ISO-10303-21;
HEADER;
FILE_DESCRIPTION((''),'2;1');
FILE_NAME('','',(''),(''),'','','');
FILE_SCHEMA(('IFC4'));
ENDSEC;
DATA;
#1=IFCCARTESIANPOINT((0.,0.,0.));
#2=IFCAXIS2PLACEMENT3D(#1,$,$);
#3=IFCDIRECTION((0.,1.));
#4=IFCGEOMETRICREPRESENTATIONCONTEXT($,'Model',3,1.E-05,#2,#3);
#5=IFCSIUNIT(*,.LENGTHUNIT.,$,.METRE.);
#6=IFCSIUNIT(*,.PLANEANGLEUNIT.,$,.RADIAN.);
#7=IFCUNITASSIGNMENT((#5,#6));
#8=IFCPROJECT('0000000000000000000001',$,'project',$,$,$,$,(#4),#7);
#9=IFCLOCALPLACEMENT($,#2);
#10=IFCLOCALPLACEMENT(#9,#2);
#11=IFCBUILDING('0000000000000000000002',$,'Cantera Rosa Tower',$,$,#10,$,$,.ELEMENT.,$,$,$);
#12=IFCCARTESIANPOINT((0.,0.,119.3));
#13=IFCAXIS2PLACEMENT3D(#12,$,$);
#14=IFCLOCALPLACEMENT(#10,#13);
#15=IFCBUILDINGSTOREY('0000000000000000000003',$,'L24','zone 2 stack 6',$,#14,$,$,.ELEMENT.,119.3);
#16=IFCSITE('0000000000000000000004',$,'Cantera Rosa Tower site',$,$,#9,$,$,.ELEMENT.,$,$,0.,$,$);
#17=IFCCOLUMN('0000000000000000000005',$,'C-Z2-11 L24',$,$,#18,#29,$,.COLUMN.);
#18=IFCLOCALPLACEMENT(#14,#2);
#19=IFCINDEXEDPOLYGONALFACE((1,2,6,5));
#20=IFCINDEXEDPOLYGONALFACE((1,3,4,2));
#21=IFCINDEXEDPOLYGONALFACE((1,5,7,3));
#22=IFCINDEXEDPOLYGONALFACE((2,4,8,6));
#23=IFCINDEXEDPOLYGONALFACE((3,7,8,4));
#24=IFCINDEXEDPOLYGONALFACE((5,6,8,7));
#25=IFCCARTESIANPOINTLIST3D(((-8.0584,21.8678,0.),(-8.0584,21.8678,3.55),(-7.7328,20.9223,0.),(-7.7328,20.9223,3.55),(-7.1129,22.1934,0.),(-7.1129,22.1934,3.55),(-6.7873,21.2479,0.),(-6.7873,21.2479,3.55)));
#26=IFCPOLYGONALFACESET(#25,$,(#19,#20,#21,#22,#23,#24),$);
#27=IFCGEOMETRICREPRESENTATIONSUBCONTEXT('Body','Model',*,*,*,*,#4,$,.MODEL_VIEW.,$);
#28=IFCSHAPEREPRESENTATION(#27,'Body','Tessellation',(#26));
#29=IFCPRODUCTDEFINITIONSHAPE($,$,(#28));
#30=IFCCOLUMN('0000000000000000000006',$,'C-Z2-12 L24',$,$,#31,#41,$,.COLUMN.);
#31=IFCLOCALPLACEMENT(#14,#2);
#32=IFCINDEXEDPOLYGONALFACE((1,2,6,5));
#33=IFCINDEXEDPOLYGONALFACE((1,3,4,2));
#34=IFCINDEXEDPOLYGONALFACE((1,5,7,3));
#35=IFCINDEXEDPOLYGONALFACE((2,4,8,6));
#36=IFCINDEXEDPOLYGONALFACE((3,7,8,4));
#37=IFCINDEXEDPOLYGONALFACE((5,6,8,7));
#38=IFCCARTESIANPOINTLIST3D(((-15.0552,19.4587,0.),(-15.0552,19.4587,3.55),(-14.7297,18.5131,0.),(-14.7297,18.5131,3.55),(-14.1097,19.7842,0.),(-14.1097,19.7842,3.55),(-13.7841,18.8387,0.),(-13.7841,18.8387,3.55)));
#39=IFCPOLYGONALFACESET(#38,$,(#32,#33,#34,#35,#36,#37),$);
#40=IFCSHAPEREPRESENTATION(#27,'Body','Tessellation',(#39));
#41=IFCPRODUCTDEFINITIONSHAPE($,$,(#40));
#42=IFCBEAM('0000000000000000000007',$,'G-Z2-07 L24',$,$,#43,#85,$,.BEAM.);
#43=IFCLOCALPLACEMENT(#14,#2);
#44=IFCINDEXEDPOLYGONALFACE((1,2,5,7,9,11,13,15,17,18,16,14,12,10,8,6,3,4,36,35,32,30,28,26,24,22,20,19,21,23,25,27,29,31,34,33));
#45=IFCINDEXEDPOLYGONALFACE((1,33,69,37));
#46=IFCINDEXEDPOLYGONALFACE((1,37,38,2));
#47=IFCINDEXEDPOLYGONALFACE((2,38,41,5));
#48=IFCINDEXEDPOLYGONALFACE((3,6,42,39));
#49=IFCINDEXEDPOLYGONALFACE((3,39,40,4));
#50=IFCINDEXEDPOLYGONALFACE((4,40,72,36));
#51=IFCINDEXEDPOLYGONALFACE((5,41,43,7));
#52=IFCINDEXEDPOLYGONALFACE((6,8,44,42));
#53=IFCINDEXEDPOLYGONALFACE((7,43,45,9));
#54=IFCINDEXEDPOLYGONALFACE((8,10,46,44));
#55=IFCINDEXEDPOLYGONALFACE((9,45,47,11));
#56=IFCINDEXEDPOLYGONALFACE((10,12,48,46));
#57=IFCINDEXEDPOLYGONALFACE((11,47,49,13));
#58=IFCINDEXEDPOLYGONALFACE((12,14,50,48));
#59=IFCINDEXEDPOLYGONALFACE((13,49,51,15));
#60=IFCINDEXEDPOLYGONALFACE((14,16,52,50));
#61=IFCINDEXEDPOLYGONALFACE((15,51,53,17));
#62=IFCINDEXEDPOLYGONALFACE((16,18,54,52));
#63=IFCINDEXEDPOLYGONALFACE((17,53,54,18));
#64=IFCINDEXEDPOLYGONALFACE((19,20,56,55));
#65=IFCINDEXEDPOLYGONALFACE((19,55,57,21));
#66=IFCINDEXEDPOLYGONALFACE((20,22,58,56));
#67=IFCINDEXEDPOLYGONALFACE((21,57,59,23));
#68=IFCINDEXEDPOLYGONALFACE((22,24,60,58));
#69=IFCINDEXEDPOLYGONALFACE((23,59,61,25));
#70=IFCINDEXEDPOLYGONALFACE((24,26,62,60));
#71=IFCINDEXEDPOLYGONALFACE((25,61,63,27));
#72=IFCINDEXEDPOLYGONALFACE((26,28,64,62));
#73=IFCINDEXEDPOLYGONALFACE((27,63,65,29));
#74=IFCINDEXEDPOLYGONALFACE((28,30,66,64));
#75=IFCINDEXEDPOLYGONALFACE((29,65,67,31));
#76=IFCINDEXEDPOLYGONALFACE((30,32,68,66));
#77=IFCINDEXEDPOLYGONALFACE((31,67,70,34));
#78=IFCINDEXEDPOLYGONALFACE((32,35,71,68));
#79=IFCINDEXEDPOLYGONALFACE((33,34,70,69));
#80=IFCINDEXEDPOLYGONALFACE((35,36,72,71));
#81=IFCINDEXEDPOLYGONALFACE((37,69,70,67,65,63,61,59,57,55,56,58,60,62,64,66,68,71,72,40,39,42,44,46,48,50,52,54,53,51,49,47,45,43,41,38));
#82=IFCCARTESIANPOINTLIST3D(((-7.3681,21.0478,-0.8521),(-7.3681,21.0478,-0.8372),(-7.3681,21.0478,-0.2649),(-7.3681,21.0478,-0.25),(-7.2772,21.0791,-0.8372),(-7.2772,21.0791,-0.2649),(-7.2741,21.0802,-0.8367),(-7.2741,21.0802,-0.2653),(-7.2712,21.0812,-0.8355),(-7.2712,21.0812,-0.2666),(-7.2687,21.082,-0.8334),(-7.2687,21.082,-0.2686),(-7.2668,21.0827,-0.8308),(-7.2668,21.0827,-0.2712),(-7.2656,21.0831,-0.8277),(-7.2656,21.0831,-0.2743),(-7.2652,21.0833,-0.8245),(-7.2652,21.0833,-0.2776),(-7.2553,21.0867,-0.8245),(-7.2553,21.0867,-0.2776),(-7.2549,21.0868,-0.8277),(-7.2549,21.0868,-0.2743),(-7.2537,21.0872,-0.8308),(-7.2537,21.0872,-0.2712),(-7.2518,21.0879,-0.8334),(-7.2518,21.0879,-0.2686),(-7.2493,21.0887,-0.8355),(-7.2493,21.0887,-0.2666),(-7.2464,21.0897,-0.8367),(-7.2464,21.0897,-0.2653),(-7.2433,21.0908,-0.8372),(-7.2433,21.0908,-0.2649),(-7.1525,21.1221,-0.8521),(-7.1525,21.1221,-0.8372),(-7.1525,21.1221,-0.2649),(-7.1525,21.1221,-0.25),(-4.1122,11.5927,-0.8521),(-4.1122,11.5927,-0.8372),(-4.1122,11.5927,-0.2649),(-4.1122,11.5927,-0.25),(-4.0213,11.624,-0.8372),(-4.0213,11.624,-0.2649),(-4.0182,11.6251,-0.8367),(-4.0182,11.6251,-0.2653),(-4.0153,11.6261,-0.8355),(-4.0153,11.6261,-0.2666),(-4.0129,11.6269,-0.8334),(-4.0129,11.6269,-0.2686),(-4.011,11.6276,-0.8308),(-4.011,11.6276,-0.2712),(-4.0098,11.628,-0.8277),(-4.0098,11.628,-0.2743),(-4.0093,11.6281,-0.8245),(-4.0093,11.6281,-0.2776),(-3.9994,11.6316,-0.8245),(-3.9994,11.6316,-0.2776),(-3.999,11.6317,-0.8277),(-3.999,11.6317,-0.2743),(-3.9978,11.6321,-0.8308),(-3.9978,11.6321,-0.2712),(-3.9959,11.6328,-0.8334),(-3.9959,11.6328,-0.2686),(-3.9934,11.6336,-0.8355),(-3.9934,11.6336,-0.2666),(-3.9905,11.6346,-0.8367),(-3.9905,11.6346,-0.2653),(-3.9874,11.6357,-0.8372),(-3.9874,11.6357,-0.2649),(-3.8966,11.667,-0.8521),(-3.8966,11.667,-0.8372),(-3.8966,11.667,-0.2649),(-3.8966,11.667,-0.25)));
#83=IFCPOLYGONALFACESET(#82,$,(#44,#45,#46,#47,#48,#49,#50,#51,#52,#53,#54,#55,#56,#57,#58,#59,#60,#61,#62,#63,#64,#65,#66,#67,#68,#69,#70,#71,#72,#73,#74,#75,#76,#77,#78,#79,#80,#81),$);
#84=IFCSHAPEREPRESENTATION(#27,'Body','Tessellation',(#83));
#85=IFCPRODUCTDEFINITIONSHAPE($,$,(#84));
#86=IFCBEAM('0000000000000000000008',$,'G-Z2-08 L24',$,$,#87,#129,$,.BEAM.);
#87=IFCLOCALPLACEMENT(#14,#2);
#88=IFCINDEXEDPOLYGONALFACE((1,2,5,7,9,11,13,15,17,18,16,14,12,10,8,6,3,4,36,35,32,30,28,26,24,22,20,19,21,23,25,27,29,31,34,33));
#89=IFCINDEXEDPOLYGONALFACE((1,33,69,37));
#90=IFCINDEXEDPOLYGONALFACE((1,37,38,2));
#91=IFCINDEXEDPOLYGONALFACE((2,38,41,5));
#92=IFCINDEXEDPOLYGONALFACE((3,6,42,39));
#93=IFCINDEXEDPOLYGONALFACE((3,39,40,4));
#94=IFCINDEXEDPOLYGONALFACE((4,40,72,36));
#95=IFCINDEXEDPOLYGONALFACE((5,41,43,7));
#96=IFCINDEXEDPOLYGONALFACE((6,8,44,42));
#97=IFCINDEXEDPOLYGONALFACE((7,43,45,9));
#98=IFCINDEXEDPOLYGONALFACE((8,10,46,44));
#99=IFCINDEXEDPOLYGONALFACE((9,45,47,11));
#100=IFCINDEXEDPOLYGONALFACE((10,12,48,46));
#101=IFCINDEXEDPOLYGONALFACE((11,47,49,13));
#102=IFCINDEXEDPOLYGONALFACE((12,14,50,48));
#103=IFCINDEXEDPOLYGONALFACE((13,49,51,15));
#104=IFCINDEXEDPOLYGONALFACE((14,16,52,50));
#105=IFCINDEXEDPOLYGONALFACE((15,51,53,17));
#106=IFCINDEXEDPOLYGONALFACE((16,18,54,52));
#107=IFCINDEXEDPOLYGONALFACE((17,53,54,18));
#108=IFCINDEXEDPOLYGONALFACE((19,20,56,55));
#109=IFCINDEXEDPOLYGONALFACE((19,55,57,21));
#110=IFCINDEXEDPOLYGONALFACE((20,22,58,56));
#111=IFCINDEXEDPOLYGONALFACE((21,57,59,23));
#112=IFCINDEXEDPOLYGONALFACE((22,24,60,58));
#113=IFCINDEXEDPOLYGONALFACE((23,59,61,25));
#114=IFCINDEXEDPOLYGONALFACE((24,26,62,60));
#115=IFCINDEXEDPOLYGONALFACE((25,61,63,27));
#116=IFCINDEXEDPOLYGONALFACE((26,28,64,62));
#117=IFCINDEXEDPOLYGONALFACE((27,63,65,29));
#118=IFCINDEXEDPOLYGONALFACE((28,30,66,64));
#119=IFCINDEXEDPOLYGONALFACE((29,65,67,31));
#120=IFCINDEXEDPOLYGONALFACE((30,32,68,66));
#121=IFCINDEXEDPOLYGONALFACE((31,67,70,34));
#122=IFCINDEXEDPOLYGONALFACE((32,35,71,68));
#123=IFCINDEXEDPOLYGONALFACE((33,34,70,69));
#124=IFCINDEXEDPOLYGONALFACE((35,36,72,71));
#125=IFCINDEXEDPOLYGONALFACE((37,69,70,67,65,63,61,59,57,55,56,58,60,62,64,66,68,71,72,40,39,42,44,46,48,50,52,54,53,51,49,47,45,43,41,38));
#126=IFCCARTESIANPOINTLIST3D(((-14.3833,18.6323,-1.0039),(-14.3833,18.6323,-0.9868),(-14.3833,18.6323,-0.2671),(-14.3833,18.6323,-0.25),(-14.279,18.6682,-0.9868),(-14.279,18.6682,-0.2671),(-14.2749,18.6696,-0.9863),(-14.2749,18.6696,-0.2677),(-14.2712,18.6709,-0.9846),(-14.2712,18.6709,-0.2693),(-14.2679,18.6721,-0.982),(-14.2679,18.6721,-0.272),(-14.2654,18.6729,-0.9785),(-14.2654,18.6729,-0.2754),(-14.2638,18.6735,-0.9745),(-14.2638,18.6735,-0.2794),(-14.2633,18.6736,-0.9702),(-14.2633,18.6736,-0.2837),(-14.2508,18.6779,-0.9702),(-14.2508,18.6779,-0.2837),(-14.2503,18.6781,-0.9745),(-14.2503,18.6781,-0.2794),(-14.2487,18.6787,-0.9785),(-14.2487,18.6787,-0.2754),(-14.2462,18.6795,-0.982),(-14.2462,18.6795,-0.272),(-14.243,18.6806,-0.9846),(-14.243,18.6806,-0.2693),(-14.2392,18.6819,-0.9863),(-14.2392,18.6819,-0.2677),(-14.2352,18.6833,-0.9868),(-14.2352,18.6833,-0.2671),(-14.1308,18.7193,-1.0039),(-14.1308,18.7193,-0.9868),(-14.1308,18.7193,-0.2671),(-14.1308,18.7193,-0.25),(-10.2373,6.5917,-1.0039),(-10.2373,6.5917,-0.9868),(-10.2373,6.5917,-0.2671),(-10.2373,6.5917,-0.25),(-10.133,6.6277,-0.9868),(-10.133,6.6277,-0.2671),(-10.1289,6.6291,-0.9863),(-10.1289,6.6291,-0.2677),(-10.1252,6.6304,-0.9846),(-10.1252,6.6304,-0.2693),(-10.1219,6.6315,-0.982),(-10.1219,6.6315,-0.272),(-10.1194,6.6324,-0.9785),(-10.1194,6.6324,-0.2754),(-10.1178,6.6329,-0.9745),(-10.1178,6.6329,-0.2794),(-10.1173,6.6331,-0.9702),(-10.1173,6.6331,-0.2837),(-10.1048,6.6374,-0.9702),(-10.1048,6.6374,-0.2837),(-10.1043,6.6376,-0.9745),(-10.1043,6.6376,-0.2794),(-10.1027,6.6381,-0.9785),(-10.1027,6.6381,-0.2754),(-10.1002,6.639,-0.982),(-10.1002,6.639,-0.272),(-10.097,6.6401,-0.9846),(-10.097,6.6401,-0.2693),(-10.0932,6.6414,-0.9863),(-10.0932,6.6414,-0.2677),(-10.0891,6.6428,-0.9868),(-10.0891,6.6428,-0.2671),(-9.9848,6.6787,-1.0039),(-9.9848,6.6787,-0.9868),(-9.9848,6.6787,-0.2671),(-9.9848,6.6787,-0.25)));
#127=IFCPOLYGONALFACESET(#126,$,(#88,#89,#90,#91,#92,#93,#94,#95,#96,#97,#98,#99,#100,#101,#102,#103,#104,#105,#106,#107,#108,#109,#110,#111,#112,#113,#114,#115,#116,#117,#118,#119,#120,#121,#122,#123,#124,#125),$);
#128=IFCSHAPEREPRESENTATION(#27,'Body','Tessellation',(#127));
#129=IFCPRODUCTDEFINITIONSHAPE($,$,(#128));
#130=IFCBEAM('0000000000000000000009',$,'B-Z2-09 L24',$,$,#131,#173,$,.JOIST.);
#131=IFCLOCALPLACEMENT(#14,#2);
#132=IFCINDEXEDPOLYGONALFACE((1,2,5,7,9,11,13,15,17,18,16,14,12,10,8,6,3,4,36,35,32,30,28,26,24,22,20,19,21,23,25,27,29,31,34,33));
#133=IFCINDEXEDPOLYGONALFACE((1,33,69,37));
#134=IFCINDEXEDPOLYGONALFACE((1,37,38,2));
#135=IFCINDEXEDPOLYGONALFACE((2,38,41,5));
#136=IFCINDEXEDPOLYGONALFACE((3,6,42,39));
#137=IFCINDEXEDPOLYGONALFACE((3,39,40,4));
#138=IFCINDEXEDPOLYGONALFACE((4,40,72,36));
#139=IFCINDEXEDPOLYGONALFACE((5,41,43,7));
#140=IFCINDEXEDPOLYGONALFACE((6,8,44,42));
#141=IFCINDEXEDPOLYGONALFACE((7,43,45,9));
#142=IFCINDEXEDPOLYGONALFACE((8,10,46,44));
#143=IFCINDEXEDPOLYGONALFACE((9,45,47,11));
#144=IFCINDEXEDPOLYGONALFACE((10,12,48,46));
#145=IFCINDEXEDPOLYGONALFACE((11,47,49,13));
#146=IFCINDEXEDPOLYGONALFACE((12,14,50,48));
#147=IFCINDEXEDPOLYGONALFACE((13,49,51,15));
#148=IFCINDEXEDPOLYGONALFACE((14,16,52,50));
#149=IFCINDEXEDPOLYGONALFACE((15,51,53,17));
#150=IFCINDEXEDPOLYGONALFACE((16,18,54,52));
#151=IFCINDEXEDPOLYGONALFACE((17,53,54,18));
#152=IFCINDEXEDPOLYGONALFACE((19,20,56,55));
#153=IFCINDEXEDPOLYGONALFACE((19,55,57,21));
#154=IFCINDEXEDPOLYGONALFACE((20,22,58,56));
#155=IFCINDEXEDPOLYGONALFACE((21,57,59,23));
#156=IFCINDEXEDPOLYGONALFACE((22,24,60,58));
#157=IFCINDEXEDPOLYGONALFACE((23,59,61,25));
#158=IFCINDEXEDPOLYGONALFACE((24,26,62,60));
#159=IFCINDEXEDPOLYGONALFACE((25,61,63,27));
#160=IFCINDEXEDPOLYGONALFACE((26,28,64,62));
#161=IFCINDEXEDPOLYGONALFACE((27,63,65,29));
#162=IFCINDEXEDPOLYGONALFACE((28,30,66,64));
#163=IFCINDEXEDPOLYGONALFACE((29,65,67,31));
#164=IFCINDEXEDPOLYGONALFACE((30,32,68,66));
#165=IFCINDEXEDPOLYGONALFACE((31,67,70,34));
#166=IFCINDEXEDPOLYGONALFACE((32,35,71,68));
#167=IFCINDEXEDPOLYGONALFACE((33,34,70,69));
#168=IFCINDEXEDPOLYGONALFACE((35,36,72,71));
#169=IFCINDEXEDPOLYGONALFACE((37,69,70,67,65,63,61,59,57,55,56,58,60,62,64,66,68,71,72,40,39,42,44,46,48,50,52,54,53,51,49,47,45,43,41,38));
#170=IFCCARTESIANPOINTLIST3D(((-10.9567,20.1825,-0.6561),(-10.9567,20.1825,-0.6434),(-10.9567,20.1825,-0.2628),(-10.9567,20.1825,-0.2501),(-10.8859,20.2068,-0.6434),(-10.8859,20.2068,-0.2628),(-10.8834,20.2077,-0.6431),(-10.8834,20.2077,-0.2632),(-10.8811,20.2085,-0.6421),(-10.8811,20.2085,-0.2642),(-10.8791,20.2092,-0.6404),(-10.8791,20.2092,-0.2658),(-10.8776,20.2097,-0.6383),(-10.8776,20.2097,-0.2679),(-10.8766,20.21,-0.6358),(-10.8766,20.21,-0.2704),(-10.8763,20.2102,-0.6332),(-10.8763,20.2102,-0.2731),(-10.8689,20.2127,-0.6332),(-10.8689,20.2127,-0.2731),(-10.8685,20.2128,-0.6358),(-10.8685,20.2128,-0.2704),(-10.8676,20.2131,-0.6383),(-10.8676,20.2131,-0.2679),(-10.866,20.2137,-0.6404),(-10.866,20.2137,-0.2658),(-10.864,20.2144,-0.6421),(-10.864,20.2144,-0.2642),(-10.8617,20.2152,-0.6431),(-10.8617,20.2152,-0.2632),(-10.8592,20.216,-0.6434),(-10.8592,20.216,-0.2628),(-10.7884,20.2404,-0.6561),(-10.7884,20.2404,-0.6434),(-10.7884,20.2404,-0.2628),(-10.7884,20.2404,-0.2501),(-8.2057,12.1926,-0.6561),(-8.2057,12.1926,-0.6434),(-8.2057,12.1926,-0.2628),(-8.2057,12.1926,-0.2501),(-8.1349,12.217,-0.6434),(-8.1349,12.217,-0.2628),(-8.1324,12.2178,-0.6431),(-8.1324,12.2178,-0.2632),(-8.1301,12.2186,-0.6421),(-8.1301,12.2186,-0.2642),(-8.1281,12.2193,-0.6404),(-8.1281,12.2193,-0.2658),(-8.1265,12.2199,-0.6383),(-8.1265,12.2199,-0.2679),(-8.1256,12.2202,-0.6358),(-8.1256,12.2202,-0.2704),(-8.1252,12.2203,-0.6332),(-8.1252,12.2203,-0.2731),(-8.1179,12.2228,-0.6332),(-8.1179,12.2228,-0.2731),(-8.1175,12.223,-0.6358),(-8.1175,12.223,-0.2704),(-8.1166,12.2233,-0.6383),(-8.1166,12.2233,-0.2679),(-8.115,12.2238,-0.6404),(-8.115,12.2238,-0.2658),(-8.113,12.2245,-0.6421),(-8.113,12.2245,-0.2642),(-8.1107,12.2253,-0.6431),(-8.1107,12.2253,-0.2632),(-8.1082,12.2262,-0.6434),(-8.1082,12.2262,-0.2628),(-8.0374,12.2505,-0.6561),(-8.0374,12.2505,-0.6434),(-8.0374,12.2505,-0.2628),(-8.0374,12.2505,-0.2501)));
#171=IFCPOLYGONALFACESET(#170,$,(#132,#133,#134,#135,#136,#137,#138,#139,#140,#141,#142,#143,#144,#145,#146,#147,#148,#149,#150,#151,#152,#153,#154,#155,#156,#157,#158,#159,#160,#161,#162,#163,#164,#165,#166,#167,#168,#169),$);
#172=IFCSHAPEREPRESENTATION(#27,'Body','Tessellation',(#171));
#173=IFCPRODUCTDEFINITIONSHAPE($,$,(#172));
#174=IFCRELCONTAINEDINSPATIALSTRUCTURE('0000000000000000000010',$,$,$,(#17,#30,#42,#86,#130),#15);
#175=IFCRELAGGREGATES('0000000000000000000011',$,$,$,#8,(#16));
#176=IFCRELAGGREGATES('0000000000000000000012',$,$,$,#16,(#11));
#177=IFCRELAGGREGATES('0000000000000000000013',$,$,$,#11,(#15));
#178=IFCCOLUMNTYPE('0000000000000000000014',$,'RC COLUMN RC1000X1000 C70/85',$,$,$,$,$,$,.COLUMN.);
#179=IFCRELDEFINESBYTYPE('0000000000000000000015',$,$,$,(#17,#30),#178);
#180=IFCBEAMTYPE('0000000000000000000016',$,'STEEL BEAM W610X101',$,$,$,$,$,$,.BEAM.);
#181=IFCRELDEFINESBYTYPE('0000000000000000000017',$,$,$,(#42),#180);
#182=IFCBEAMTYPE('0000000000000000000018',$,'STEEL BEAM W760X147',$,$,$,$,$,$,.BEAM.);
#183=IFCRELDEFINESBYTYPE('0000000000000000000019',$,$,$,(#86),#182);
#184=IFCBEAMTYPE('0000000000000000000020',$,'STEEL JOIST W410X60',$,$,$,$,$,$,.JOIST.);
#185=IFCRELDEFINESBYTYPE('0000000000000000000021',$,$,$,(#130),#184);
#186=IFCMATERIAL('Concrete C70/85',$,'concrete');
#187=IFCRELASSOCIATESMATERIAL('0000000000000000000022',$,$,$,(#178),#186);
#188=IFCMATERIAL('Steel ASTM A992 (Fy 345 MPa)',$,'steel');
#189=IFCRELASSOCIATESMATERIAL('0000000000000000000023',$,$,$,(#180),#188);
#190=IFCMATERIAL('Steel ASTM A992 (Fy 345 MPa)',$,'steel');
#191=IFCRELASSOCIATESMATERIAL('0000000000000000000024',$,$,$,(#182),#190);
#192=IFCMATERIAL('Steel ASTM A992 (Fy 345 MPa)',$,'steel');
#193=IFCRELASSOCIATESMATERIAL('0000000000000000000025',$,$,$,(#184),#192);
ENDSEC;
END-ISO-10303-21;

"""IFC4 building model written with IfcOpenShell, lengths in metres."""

from ifc_helpers import new_model, si_unit, direction, frame, origin, origin_2d, place, context, subcontext, project, spatial, rectangle, i_section, extrude, material, material_profile, profile_set, type_object, element, save


model = new_model("IFC4")

# Units and contexts
model_context = context("Model", 3, precision=1e-05, world=origin(), true_north=direction((0.0, 1.0)))
body_context = subcontext(model_context, "Body", "Model", "MODEL_VIEW")
ifc_project = project(units=[si_unit("LENGTHUNIT", "METRE"), si_unit("PLANEANGLEUNIT", "RADIAN")], contexts=[model_context])

# Site, building, storey
site_placement = place(None, origin())
site = spatial("IfcSite", under=ifc_project, at=site_placement, Name="Cantera Rosa Tower site", CompositionType="ELEMENT", RefElevation=0.0)
building_placement = place(site_placement, origin())
building = spatial("IfcBuilding", under=site, at=building_placement, Name="Cantera Rosa Tower", CompositionType="ELEMENT")
storey_placement = place(building_placement, frame((0.0, 0.0, 119.3)))
storey = spatial("IfcBuildingStorey", under=building, at=storey_placement, Name="L24", Description="zone 2 stack 6", CompositionType="ELEMENT", Elevation=119.3)

# Columns
ifc_material_1 = material(Name="Concrete C70/85", Category="concrete")
ifc_material_profile_1 = material_profile(ifc_material_1, rectangle(XDim=1.0, YDim=1.0, at=origin_2d()), Name="RC COLUMN RC1000X1000 C70/85")
ifc_profile_set_1 = profile_set([ifc_material_profile_1], Name="Concrete C70/85")
column_type = type_object("IfcColumnType", Name="RC COLUMN RC1000X1000 C70/85", PredefinedType="COLUMN", material=ifc_profile_set_1)
for number, where, z_axis, x_axis, name in (
    (1, (-7.4229, 21.5579, 0.0), (0.0, 0.0, 1.0), (0.945519, 0.325568, 0.0), "C-Z2-11 L24"),
    (2, (-14.4197, 19.1487, 0.0), (0.0, 0.0, 1.0), (0.945519, 0.325568, 0.0), "C-Z2-12 L24"),
):
    element("IfcColumn", number, at=place(storey_placement, frame(where, z_axis=z_axis, x_axis=x_axis)), inside=storey, type_object=column_type, Name=name, PredefinedType="COLUMN", context=body_context, shape_type="SweptSolid", body=[
        extrude(rectangle(XDim=1.0, YDim=1.0, at=origin_2d()), origin(), (0.0, 0.0, 1.0), 3.55),
    ])

# Beams
ifc_material_2 = material(Name="Steel ASTM A992 (Fy 345 MPa)", Category="steel")
ifc_material_profile_2 = material_profile(ifc_material_2, i_section(OverallWidth=0.228, OverallDepth=0.6021, WebThickness=0.0105, FlangeThickness=0.0149, FilletRadius=0.0127, at=origin_2d()), Name="W610X101")
ifc_profile_set_2 = profile_set([ifc_material_profile_2], Name="Steel ASTM A992 (Fy 345 MPa)")
beam_type_1 = type_object("IfcBeamType", Name="STEEL BEAM W610X101", PredefinedType="BEAM", material=ifc_profile_set_2)
beam_1_placement = place(storey_placement, frame((-7.2603, 21.085, -0.551), z_axis=(0.325587, -0.945512, 0.0), x_axis=(0.945512, 0.325587, 0.0)))
element("IfcBeam", 3, at=beam_1_placement, inside=storey, type_object=beam_type_1, Name="G-Z2-07 L24", PredefinedType="BEAM", context=body_context, shape_type="SweptSolid", body=[
    extrude(i_section(OverallWidth=0.228, OverallDepth=0.6021, WebThickness=0.0105, FlangeThickness=0.0149, FilletRadius=0.0127, at=origin_2d()), origin(), (0.0, 0.0, 1.0), 10.0),
])
ifc_material_3 = material(Name="Steel ASTM A992 (Fy 345 MPa)", Category="steel")
ifc_material_profile_3 = material_profile(ifc_material_3, i_section(OverallWidth=0.2671, OverallDepth=0.7539, WebThickness=0.0132, FlangeThickness=0.0171, FilletRadius=0.0166, at=origin_2d()), Name="W760X147")
ifc_profile_set_3 = profile_set([ifc_material_profile_3], Name="Steel ASTM A992 (Fy 345 MPa)")
beam_type_2 = type_object("IfcBeamType", Name="STEEL BEAM W760X147", PredefinedType="BEAM", material=ifc_profile_set_3)
beam_2_placement = place(storey_placement, frame((-14.2571, 18.6758, -0.627), z_axis=(0.325576, -0.945516, 0.0), x_axis=(0.945516, 0.325576, 0.0)))
element("IfcBeam", 4, at=beam_2_placement, inside=storey, type_object=beam_type_2, Name="G-Z2-08 L24", PredefinedType="BEAM", context=body_context, shape_type="SweptSolid", body=[
    extrude(i_section(OverallWidth=0.2671, OverallDepth=0.7539, WebThickness=0.0132, FlangeThickness=0.0171, FilletRadius=0.0166, at=origin_2d()), origin(), (0.0, 0.0, 1.0), 12.7344),
])
ifc_material_4 = material(Name="Steel ASTM A992 (Fy 345 MPa)", Category="steel")
ifc_material_profile_4 = material_profile(ifc_material_4, i_section(OverallWidth=0.178, OverallDepth=0.406, WebThickness=0.0078, FlangeThickness=0.0127, FilletRadius=0.0103, at=origin_2d()), Name="W410X60")
ifc_profile_set_4 = profile_set([ifc_material_profile_4], Name="Steel ASTM A992 (Fy 345 MPa)")
beam_type_3 = type_object("IfcBeamType", Name="STEEL JOIST W410X60", PredefinedType="JOIST", material=ifc_profile_set_4)
beam_3_placement = place(storey_placement, frame((-10.8726, 20.2114, -0.4531), z_axis=(0.325556, -0.945523, 0.0), x_axis=(0.945523, 0.325556, 0.0)))
element("IfcBeam", 5, at=beam_3_placement, inside=storey, type_object=beam_type_3, Name="B-Z2-09 L24", PredefinedType="JOIST", context=body_context, shape_type="SweptSolid", body=[
    extrude(i_section(OverallWidth=0.178, OverallDepth=0.406, WebThickness=0.0078, FlangeThickness=0.0127, FilletRadius=0.0103, at=origin_2d()), origin(), (0.0, 0.0, 1.0), 8.4502),
])

save(model, "model.ifc")
